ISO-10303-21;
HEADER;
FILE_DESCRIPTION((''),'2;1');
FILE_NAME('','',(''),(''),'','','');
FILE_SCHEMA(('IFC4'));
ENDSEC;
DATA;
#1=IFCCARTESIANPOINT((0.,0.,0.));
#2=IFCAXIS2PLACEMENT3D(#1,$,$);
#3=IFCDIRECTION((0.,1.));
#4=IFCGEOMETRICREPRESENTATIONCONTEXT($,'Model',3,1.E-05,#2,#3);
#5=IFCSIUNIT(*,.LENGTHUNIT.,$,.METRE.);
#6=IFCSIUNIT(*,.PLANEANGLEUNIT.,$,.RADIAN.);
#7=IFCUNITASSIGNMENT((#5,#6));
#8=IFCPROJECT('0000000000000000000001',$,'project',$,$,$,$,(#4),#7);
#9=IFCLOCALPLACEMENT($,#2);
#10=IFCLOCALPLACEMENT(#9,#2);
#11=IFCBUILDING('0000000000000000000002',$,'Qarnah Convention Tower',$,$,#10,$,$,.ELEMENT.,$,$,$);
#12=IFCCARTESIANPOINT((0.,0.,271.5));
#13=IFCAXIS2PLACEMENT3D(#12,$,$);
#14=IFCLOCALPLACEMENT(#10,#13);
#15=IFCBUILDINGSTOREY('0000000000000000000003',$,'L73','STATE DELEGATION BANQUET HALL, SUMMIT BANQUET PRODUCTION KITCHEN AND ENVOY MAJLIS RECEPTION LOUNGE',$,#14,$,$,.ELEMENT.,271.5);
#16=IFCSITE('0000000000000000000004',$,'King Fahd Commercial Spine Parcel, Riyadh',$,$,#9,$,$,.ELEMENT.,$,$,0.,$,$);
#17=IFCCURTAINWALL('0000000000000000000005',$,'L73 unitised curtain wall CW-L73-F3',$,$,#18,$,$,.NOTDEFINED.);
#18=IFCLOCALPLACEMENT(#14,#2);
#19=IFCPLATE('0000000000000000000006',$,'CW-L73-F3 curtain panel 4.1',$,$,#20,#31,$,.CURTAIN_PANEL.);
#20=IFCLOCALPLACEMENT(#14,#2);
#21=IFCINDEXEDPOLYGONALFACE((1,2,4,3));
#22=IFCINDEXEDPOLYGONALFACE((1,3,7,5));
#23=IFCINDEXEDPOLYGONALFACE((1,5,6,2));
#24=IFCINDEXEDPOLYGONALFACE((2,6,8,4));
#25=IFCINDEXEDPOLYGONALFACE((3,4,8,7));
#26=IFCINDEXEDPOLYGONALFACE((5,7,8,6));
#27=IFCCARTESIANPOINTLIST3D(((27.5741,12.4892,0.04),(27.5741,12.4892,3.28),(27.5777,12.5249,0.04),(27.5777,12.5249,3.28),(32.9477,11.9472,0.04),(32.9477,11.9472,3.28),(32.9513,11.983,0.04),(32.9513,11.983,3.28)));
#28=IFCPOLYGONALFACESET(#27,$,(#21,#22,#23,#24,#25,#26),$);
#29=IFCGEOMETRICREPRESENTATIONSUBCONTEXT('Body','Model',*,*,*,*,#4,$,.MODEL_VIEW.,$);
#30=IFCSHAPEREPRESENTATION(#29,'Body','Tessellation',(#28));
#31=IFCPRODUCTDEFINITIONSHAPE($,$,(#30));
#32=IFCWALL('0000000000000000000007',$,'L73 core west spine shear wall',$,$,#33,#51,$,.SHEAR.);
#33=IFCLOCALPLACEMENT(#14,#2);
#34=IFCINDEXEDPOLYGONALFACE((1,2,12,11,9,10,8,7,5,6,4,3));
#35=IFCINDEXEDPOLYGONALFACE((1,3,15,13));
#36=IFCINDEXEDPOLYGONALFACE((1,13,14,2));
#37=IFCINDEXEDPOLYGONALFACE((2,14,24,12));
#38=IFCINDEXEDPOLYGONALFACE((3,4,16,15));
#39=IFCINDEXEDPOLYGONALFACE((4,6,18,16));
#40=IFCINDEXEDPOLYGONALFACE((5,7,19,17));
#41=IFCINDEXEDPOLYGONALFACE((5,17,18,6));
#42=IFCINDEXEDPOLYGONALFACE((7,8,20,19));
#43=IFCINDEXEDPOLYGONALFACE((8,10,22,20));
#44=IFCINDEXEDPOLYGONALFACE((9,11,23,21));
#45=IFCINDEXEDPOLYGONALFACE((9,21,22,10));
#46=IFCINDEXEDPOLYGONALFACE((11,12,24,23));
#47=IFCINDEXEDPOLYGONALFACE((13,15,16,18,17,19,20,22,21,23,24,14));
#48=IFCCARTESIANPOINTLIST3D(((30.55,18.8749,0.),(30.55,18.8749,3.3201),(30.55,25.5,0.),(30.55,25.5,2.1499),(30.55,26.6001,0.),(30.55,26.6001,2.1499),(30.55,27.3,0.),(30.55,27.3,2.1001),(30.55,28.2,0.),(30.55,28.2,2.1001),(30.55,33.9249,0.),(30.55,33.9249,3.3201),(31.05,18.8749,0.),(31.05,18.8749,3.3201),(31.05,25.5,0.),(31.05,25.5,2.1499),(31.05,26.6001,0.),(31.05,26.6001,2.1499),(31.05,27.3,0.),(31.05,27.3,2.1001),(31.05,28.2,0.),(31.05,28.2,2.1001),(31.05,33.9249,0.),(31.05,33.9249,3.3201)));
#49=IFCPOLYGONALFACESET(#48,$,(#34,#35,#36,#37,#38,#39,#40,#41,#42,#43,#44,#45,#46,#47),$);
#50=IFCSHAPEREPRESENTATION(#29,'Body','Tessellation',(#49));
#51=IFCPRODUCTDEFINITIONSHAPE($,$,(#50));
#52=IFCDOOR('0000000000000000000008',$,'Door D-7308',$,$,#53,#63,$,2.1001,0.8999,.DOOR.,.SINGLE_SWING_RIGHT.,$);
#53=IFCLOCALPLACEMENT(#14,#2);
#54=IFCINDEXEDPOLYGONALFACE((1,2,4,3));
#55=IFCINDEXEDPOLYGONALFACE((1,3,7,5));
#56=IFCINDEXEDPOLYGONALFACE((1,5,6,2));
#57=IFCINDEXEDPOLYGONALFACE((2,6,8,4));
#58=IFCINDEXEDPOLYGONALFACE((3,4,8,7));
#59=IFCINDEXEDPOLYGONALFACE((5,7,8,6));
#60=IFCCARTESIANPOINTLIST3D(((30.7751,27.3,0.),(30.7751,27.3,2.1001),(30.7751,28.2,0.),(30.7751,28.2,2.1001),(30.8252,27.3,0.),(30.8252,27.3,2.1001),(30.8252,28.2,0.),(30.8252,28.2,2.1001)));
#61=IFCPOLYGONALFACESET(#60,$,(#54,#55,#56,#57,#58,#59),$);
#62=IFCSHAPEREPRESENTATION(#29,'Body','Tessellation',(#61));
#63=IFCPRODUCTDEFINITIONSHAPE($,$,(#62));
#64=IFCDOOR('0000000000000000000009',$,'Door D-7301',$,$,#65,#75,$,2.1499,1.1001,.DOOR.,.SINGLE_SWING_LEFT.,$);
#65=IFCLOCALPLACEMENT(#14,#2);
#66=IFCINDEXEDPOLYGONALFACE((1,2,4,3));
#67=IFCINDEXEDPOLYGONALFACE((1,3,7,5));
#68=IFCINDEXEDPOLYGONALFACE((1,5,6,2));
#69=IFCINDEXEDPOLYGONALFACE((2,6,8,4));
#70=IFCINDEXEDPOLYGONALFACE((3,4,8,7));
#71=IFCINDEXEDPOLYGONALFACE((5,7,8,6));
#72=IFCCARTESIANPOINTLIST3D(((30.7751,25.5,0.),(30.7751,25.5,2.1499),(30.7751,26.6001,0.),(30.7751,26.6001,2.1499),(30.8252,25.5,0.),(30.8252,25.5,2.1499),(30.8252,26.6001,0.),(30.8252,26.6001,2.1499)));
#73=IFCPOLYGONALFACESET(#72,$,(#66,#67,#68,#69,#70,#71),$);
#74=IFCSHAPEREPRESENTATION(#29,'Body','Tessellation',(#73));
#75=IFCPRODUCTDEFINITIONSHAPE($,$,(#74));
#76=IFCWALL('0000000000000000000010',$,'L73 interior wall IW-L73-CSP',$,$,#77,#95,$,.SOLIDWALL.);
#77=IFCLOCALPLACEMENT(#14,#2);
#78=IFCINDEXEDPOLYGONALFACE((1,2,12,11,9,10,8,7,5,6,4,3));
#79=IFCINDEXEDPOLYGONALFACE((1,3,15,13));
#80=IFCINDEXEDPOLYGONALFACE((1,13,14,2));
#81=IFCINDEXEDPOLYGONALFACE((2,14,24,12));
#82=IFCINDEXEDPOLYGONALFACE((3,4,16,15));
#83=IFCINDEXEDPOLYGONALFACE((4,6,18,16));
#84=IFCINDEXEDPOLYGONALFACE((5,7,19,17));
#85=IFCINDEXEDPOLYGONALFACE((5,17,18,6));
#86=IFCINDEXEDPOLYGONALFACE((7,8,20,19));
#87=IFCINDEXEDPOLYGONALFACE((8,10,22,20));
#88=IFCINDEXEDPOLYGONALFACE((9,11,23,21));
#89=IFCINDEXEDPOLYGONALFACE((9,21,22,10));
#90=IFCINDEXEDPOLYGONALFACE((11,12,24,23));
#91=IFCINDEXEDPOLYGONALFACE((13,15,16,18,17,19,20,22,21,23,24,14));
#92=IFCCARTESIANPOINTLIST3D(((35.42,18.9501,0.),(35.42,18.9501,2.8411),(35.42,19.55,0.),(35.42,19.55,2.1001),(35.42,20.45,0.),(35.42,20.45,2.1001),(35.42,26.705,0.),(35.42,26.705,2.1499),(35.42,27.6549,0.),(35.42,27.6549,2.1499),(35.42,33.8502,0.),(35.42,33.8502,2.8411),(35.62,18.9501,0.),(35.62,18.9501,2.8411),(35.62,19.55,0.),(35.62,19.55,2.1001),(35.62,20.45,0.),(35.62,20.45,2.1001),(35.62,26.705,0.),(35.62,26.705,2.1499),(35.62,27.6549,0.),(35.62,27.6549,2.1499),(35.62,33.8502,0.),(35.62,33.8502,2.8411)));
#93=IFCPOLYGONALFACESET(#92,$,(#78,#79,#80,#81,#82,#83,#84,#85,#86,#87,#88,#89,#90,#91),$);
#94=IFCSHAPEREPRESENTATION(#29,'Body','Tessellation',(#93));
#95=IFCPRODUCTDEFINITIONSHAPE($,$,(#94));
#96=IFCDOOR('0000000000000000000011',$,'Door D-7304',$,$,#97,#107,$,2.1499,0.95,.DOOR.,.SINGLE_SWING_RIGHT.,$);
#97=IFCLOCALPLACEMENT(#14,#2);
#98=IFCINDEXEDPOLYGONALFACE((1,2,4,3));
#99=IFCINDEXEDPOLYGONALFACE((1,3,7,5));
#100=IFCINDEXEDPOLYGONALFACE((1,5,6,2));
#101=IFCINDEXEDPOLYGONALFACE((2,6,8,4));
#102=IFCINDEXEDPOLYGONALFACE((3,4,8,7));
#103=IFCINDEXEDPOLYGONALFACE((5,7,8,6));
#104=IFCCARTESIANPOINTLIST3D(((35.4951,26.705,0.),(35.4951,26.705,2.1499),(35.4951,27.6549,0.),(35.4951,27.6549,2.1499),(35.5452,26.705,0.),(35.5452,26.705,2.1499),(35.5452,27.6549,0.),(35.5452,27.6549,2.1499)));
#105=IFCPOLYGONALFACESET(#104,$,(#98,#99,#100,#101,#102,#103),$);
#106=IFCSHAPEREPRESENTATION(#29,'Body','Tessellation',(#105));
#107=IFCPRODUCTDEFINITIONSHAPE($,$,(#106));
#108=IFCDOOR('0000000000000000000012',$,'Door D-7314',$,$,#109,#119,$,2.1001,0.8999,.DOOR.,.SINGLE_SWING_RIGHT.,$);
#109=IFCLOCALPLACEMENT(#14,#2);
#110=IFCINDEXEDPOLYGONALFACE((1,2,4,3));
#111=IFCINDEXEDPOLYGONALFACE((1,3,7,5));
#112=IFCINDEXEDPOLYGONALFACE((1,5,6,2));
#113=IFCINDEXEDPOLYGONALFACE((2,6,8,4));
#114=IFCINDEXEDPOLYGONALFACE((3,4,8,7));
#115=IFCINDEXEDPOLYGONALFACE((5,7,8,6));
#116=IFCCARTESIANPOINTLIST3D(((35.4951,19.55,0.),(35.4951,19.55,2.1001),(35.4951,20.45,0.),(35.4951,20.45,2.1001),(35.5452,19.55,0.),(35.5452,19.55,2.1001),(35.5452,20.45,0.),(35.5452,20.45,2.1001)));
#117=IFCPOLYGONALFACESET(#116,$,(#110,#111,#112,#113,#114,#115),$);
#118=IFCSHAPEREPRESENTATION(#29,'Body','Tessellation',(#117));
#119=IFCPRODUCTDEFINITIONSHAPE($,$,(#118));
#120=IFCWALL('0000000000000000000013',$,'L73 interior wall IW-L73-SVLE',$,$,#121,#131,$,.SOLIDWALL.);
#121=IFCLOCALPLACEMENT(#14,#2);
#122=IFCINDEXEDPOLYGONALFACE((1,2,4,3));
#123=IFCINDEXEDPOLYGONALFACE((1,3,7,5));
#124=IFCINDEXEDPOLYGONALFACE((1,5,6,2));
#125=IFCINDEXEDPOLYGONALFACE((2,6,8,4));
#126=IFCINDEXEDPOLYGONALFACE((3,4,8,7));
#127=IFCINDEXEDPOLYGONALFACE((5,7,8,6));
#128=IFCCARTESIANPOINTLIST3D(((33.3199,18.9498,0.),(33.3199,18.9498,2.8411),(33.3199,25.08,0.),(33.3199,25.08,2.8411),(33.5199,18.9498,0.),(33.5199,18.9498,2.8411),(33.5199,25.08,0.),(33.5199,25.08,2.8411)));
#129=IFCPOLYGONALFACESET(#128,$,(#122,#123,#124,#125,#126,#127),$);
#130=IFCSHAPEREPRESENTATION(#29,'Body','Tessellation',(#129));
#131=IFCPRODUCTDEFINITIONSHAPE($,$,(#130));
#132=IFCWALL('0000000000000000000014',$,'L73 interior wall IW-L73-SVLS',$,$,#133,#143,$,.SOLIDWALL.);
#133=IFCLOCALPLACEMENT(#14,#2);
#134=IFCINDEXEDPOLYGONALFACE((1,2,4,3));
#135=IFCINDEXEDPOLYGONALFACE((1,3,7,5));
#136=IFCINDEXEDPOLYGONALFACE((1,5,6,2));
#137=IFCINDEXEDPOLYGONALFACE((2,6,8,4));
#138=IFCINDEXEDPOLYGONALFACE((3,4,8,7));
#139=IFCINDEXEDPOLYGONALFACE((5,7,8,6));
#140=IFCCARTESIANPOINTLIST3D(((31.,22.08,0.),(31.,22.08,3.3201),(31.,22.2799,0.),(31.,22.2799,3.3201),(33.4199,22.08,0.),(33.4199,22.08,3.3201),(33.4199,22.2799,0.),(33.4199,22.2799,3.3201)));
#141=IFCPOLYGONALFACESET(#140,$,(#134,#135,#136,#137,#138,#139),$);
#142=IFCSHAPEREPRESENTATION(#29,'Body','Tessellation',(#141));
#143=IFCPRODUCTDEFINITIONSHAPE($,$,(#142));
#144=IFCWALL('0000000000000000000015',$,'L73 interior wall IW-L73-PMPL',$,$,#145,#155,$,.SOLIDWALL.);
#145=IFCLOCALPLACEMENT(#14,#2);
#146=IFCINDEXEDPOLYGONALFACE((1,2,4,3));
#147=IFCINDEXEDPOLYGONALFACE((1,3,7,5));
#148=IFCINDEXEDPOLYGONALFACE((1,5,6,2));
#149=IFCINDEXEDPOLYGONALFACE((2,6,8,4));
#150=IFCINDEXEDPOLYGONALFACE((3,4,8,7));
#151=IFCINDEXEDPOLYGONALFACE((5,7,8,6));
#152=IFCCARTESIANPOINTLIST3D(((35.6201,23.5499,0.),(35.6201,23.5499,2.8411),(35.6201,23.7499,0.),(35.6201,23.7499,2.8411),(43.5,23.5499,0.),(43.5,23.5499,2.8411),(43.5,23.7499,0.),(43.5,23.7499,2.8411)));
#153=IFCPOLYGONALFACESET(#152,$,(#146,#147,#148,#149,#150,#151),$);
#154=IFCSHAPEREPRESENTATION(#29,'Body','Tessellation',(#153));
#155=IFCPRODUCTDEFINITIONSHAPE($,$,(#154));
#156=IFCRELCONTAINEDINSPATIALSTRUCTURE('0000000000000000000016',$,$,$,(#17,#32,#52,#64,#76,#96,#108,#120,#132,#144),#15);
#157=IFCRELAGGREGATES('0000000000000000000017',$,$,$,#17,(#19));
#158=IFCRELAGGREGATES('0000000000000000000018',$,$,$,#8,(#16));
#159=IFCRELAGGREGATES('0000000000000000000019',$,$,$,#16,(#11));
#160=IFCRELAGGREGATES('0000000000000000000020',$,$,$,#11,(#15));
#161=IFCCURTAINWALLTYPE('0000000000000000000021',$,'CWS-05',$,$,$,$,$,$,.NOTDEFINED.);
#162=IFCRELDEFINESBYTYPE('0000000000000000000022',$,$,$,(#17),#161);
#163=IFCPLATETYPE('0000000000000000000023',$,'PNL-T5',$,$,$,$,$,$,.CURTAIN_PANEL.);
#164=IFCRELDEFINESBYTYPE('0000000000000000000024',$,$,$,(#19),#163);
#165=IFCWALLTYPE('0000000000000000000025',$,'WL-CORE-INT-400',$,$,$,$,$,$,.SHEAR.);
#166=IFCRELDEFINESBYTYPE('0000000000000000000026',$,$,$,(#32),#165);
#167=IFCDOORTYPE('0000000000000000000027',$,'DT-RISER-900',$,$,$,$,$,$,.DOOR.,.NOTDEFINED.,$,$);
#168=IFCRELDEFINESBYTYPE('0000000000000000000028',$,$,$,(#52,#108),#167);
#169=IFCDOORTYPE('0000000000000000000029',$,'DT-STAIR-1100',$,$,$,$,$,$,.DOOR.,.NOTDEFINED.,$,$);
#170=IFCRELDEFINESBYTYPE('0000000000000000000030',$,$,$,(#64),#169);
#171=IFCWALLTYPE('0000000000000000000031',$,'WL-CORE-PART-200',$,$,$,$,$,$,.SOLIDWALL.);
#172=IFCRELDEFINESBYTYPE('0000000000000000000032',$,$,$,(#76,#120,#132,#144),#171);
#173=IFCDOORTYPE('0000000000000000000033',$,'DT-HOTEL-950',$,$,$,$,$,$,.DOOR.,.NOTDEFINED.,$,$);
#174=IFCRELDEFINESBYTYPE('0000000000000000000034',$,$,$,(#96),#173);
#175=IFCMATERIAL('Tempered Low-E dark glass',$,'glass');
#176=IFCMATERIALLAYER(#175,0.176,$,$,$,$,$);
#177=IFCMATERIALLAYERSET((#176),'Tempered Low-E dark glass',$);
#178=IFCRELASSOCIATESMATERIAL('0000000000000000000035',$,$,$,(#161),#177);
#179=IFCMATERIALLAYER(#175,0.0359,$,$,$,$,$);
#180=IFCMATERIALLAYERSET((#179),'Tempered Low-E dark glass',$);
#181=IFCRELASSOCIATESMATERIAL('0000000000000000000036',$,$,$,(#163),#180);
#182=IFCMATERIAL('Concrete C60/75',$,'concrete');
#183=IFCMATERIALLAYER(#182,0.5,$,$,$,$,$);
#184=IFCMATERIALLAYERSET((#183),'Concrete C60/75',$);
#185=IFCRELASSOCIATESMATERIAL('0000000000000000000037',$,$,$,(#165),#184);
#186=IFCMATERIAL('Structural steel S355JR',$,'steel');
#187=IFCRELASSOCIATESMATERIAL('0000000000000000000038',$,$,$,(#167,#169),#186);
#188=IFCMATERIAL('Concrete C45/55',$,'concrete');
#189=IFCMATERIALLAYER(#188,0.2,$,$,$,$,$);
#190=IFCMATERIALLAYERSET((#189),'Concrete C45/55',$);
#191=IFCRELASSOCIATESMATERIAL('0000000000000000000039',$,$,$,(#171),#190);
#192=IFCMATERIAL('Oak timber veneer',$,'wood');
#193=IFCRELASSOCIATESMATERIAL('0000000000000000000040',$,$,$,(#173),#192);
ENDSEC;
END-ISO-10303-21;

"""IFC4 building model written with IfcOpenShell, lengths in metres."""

from ifc_helpers import new_model, si_unit, direction, frame, frame_2d, origin, origin_2d, place, context, subcontext, project, spatial, rectangle, extrude, material, layer, layer_set, type_object, element, fill, aggregate, save


model = new_model("IFC4")

# Units and contexts
model_context = context("Model", 3, precision=1e-05, world=origin(), true_north=direction((0.0, 1.0)))
body_context = subcontext(model_context, "Body", "Model", "MODEL_VIEW")
ifc_project = project(units=[si_unit("LENGTHUNIT", "METRE"), si_unit("PLANEANGLEUNIT", "RADIAN")], contexts=[model_context])

# Site, building, storey
site_placement = place(None, origin())
site = spatial("IfcSite", under=ifc_project, at=site_placement, Name="King Fahd Commercial Spine Parcel, Riyadh", CompositionType="ELEMENT", RefElevation=0.0)
building_placement = place(site_placement, origin())
building = spatial("IfcBuilding", under=site, at=building_placement, Name="Qarnah Convention Tower", CompositionType="ELEMENT")
storey_placement = place(building_placement, frame((0.0, 0.0, 271.5)))
storey = spatial("IfcBuildingStorey", under=building, at=storey_placement, Name="L73", Description="STATE DELEGATION BANQUET HALL, SUMMIT BANQUET PRODUCTION KITCHEN AND ENVOY MAJLIS RECEPTION LOUNGE", CompositionType="ELEMENT", Elevation=271.5)

# Shared definitions
ifc_material_1 = material(Name="Structural steel S355JR", Category="steel")

# Curtain wall, plate
ifc_material_2 = material(Name="Tempered Low-E dark glass", Category="glass")
ifc_layer_1 = layer(ifc_material_2, 0.176)
ifc_layer_set_1 = layer_set([ifc_layer_1], Name="Tempered Low-E dark glass")
curtain_wall_type = type_object("IfcCurtainWallType", Name="CWS-05", PredefinedType="NOTDEFINED", material=ifc_layer_set_1)
curtain_wall_placement = place(storey_placement, origin())
curtain_wall = element("IfcCurtainWall", 1, at=curtain_wall_placement, inside=storey, type_object=curtain_wall_type, Name="L73 unitised curtain wall CW-L73-F3", PredefinedType="NOTDEFINED")
ifc_layer_2 = layer(ifc_material_2, 0.0359)
ifc_layer_set_2 = layer_set([ifc_layer_2], Name="Tempered Low-E dark glass")
plate_type = type_object("IfcPlateType", Name="PNL-T5", PredefinedType="CURTAIN_PANEL", material=ifc_layer_set_2)
plate_1_placement = place(storey_placement, frame((30.2627, 12.2361, 0.04), z_axis=(0.0, 0.0, 1.0), x_axis=(-0.994952, 0.100349, 0.0)))
plate_1 = element("IfcPlate", 2, at=plate_1_placement, type_object=plate_type, Name="CW-L73-F3 curtain panel 4.1", PredefinedType="CURTAIN_PANEL", context=body_context, shape_type="SweptSolid", body=[
    extrude(rectangle(XDim=5.4009, YDim=0.0359, at=origin_2d()), origin(), (0.0, 0.0, 1.0), 3.24),
])
aggregate(curtain_wall, [plate_1])

# Walls, openings, doors
ifc_material_3 = material(Name="Concrete C60/75", Category="concrete")
ifc_layer_3 = layer(ifc_material_3, 0.5)
ifc_layer_set_3 = layer_set([ifc_layer_3], Name="Concrete C60/75")
wall_type_1 = type_object("IfcWallType", Name="WL-CORE-INT-400", PredefinedType="SHEAR", material=ifc_layer_set_3)
wall_1_placement = place(storey_placement, frame((30.8, 18.875, 0.0), z_axis=(0.0, 0.0, 1.0), x_axis=(0.0, 1.0, 0.0)))
wall_1 = element("IfcWall", 3, at=wall_1_placement, inside=storey, type_object=wall_type_1, Name="L73 core west spine shear wall", PredefinedType="SHEAR", context=body_context, shape_type="SweptSolid", body=[
    extrude(rectangle(XDim=15.05, YDim=0.5, at=frame_2d((7.5249, 0.0))), origin(), (0.0, 0.0, 1.0), 3.3201),
])
opening_1_placement = place(wall_1_placement, frame((6.625, 0.0, 0.0)))
opening_1 = element("IfcOpeningElement", 4, at=opening_1_placement, cuts=wall_1, PredefinedType="OPENING", context=body_context, shape_type="SweptSolid", body=[
    extrude(rectangle(XDim=1.1001, YDim=2.1499, at=frame_2d((0.55, 1.075))), frame((0.0, 0.26, 0.0), z_axis=(0.0, -1.0, 0.0), x_axis=(1.0, 0.0, 0.0)), (0.0, 0.0, 1.0), 0.52),
])
opening_2_placement = place(wall_1_placement, frame((8.425, 0.0, 0.0)))
opening_2 = element("IfcOpeningElement", 5, at=opening_2_placement, cuts=wall_1, PredefinedType="OPENING", context=body_context, shape_type="SweptSolid", body=[
    extrude(rectangle(XDim=0.8999, YDim=2.1001, at=frame_2d((0.45, 1.05))), frame((0.0, 0.26, 0.0), z_axis=(0.0, -1.0, 0.0), x_axis=(1.0, 0.0, 0.0)), (0.0, 0.0, 1.0), 0.52),
])
door_type_1 = type_object("IfcDoorType", Name="DT-RISER-900", OperationType="NOTDEFINED", PredefinedType="DOOR", material=ifc_material_1)
door_1_placement = place(opening_2_placement, origin())
door_1 = element("IfcDoor", 6, at=door_1_placement, inside=storey, type_object=door_type_1, Name="Door D-7308", OperationType="SINGLE_SWING_RIGHT", OverallHeight=2.1001, OverallWidth=0.8999, PredefinedType="DOOR", context=body_context, shape_type="SweptSolid", body=[
    extrude(rectangle(XDim=0.8999, YDim=2.1001, at=frame_2d((0.45, 1.05))), frame((0.0, 0.0249, 0.0), z_axis=(0.0, -1.0, 0.0), x_axis=(1.0, 0.0, 0.0)), (0.0, 0.0, 1.0), 0.05),
])
fill(opening_2, door_1)
door_type_2 = type_object("IfcDoorType", Name="DT-STAIR-1100", OperationType="NOTDEFINED", PredefinedType="DOOR", material=ifc_material_1)
door_2_placement = place(opening_1_placement, origin())
door_2 = element("IfcDoor", 7, at=door_2_placement, inside=storey, type_object=door_type_2, Name="Door D-7301", OperationType="SINGLE_SWING_LEFT", OverallHeight=2.1499, OverallWidth=1.1001, PredefinedType="DOOR", context=body_context, shape_type="SweptSolid", body=[
    extrude(rectangle(XDim=1.1001, YDim=2.1499, at=frame_2d((0.55, 1.075))), frame((0.0, 0.0249, 0.0), z_axis=(0.0, -1.0, 0.0), x_axis=(1.0, 0.0, 0.0)), (0.0, 0.0, 1.0), 0.05),
])
fill(opening_1, door_2)
ifc_material_4 = material(Name="Concrete C45/55", Category="concrete")
ifc_layer_4 = layer(ifc_material_4, 0.2)
ifc_layer_set_4 = layer_set([ifc_layer_4], Name="Concrete C45/55")
wall_type_2 = type_object("IfcWallType", Name="WL-CORE-PART-200", PredefinedType="SOLIDWALL", material=ifc_layer_set_4)
wall_2_placement = place(storey_placement, frame((35.52, 18.95, 0.0), z_axis=(0.0, 0.0, 1.0), x_axis=(0.0, 1.0, 0.0)))
wall_2 = element("IfcWall", 8, at=wall_2_placement, inside=storey, type_object=wall_type_2, Name="L73 interior wall IW-L73-CSP", PredefinedType="SOLIDWALL", context=body_context, shape_type="SweptSolid", body=[
    extrude(rectangle(XDim=14.9001, YDim=0.2, at=frame_2d((7.4502, 0.0))), origin(), (0.0, 0.0, 1.0), 2.8411),
])
opening_3_placement = place(wall_2_placement, frame((7.7549, 0.0, 0.0)))
opening_3 = element("IfcOpeningElement", 9, at=opening_3_placement, cuts=wall_2, PredefinedType="OPENING", context=body_context, shape_type="SweptSolid", body=[
    extrude(rectangle(XDim=0.95, YDim=2.1499, at=frame_2d((0.4751, 1.075))), frame((0.0, 0.1099, 0.0), z_axis=(0.0, -1.0, 0.0), x_axis=(1.0, 0.0, 0.0)), (0.0, 0.0, 1.0), 0.22),
])
opening_4_placement = place(wall_2_placement, frame((0.6001, 0.0, 0.0)))
opening_4 = element("IfcOpeningElement", 10, at=opening_4_placement, cuts=wall_2, PredefinedType="OPENING", context=body_context, shape_type="SweptSolid", body=[
    extrude(rectangle(XDim=0.8999, YDim=2.1001, at=frame_2d((0.45, 1.05))), frame((0.0, 0.1099, 0.0), z_axis=(0.0, -1.0, 0.0), x_axis=(1.0, 0.0, 0.0)), (0.0, 0.0, 1.0), 0.22),
])
ifc_material_5 = material(Name="Oak timber veneer", Category="wood")
door_type_3 = type_object("IfcDoorType", Name="DT-HOTEL-950", OperationType="NOTDEFINED", PredefinedType="DOOR", material=ifc_material_5)
door_3_placement = place(opening_3_placement, origin())
door_3 = element("IfcDoor", 11, at=door_3_placement, inside=storey, type_object=door_type_3, Name="Door D-7304", OperationType="SINGLE_SWING_RIGHT", OverallHeight=2.1499, OverallWidth=0.95, PredefinedType="DOOR", context=body_context, shape_type="SweptSolid", body=[
    extrude(rectangle(XDim=0.95, YDim=2.1499, at=frame_2d((0.4751, 1.075))), frame((0.0, 0.0249, 0.0), z_axis=(0.0, -1.0, 0.0), x_axis=(1.0, 0.0, 0.0)), (0.0, 0.0, 1.0), 0.05),
])
fill(opening_3, door_3)
door_4_placement = place(opening_4_placement, origin())
door_4 = element("IfcDoor", 12, at=door_4_placement, inside=storey, type_object=door_type_1, Name="Door D-7314", OperationType="SINGLE_SWING_RIGHT", OverallHeight=2.1001, OverallWidth=0.8999, PredefinedType="DOOR", context=body_context, shape_type="SweptSolid", body=[
    extrude(rectangle(XDim=0.8999, YDim=2.1001, at=frame_2d((0.45, 1.05))), frame((0.0, 0.0249, 0.0), z_axis=(0.0, -1.0, 0.0), x_axis=(1.0, 0.0, 0.0)), (0.0, 0.0, 1.0), 0.05),
])
fill(opening_4, door_4)

# Walls
wall_3_placement = place(storey_placement, frame((33.4199, 18.95, 0.0), z_axis=(0.0, 0.0, 1.0), x_axis=(0.0, 1.0, 0.0)))
element("IfcWall", 13, at=wall_3_placement, inside=storey, type_object=wall_type_2, Name="L73 interior wall IW-L73-SVLE", PredefinedType="SOLIDWALL", context=body_context, shape_type="SweptSolid", body=[
    extrude(rectangle(XDim=6.1301, YDim=0.2, at=frame_2d((3.0649, 0.0))), origin(), (0.0, 0.0, 1.0), 2.8411),
])
wall_4_placement = place(storey_placement, frame((31.0, 22.1799, 0.0), z_axis=(0.0, 0.0, 1.0), x_axis=(1.0, 0.0, 0.0)))
element("IfcWall", 14, at=wall_4_placement, inside=storey, type_object=wall_type_2, Name="L73 interior wall IW-L73-SVLS", PredefinedType="SOLIDWALL", context=body_context, shape_type="SweptSolid", body=[
    extrude(rectangle(XDim=2.4199, YDim=0.2, at=frame_2d((1.21, 0.0))), origin(), (0.0, 0.0, 1.0), 3.3201),
])
wall_5_placement = place(storey_placement, frame((35.6201, 23.6499, 0.0), z_axis=(0.0, 0.0, 1.0), x_axis=(1.0, 0.0, 0.0)))
element("IfcWall", 15, at=wall_5_placement, inside=storey, type_object=wall_type_2, Name="L73 interior wall IW-L73-PMPL", PredefinedType="SOLIDWALL", context=body_context, shape_type="SweptSolid", body=[
    extrude(rectangle(XDim=7.8799, YDim=0.2, at=frame_2d((3.9399, 0.0))), origin(), (0.0, 0.0, 1.0), 2.8411),
])

save(model, "model.ifc")
